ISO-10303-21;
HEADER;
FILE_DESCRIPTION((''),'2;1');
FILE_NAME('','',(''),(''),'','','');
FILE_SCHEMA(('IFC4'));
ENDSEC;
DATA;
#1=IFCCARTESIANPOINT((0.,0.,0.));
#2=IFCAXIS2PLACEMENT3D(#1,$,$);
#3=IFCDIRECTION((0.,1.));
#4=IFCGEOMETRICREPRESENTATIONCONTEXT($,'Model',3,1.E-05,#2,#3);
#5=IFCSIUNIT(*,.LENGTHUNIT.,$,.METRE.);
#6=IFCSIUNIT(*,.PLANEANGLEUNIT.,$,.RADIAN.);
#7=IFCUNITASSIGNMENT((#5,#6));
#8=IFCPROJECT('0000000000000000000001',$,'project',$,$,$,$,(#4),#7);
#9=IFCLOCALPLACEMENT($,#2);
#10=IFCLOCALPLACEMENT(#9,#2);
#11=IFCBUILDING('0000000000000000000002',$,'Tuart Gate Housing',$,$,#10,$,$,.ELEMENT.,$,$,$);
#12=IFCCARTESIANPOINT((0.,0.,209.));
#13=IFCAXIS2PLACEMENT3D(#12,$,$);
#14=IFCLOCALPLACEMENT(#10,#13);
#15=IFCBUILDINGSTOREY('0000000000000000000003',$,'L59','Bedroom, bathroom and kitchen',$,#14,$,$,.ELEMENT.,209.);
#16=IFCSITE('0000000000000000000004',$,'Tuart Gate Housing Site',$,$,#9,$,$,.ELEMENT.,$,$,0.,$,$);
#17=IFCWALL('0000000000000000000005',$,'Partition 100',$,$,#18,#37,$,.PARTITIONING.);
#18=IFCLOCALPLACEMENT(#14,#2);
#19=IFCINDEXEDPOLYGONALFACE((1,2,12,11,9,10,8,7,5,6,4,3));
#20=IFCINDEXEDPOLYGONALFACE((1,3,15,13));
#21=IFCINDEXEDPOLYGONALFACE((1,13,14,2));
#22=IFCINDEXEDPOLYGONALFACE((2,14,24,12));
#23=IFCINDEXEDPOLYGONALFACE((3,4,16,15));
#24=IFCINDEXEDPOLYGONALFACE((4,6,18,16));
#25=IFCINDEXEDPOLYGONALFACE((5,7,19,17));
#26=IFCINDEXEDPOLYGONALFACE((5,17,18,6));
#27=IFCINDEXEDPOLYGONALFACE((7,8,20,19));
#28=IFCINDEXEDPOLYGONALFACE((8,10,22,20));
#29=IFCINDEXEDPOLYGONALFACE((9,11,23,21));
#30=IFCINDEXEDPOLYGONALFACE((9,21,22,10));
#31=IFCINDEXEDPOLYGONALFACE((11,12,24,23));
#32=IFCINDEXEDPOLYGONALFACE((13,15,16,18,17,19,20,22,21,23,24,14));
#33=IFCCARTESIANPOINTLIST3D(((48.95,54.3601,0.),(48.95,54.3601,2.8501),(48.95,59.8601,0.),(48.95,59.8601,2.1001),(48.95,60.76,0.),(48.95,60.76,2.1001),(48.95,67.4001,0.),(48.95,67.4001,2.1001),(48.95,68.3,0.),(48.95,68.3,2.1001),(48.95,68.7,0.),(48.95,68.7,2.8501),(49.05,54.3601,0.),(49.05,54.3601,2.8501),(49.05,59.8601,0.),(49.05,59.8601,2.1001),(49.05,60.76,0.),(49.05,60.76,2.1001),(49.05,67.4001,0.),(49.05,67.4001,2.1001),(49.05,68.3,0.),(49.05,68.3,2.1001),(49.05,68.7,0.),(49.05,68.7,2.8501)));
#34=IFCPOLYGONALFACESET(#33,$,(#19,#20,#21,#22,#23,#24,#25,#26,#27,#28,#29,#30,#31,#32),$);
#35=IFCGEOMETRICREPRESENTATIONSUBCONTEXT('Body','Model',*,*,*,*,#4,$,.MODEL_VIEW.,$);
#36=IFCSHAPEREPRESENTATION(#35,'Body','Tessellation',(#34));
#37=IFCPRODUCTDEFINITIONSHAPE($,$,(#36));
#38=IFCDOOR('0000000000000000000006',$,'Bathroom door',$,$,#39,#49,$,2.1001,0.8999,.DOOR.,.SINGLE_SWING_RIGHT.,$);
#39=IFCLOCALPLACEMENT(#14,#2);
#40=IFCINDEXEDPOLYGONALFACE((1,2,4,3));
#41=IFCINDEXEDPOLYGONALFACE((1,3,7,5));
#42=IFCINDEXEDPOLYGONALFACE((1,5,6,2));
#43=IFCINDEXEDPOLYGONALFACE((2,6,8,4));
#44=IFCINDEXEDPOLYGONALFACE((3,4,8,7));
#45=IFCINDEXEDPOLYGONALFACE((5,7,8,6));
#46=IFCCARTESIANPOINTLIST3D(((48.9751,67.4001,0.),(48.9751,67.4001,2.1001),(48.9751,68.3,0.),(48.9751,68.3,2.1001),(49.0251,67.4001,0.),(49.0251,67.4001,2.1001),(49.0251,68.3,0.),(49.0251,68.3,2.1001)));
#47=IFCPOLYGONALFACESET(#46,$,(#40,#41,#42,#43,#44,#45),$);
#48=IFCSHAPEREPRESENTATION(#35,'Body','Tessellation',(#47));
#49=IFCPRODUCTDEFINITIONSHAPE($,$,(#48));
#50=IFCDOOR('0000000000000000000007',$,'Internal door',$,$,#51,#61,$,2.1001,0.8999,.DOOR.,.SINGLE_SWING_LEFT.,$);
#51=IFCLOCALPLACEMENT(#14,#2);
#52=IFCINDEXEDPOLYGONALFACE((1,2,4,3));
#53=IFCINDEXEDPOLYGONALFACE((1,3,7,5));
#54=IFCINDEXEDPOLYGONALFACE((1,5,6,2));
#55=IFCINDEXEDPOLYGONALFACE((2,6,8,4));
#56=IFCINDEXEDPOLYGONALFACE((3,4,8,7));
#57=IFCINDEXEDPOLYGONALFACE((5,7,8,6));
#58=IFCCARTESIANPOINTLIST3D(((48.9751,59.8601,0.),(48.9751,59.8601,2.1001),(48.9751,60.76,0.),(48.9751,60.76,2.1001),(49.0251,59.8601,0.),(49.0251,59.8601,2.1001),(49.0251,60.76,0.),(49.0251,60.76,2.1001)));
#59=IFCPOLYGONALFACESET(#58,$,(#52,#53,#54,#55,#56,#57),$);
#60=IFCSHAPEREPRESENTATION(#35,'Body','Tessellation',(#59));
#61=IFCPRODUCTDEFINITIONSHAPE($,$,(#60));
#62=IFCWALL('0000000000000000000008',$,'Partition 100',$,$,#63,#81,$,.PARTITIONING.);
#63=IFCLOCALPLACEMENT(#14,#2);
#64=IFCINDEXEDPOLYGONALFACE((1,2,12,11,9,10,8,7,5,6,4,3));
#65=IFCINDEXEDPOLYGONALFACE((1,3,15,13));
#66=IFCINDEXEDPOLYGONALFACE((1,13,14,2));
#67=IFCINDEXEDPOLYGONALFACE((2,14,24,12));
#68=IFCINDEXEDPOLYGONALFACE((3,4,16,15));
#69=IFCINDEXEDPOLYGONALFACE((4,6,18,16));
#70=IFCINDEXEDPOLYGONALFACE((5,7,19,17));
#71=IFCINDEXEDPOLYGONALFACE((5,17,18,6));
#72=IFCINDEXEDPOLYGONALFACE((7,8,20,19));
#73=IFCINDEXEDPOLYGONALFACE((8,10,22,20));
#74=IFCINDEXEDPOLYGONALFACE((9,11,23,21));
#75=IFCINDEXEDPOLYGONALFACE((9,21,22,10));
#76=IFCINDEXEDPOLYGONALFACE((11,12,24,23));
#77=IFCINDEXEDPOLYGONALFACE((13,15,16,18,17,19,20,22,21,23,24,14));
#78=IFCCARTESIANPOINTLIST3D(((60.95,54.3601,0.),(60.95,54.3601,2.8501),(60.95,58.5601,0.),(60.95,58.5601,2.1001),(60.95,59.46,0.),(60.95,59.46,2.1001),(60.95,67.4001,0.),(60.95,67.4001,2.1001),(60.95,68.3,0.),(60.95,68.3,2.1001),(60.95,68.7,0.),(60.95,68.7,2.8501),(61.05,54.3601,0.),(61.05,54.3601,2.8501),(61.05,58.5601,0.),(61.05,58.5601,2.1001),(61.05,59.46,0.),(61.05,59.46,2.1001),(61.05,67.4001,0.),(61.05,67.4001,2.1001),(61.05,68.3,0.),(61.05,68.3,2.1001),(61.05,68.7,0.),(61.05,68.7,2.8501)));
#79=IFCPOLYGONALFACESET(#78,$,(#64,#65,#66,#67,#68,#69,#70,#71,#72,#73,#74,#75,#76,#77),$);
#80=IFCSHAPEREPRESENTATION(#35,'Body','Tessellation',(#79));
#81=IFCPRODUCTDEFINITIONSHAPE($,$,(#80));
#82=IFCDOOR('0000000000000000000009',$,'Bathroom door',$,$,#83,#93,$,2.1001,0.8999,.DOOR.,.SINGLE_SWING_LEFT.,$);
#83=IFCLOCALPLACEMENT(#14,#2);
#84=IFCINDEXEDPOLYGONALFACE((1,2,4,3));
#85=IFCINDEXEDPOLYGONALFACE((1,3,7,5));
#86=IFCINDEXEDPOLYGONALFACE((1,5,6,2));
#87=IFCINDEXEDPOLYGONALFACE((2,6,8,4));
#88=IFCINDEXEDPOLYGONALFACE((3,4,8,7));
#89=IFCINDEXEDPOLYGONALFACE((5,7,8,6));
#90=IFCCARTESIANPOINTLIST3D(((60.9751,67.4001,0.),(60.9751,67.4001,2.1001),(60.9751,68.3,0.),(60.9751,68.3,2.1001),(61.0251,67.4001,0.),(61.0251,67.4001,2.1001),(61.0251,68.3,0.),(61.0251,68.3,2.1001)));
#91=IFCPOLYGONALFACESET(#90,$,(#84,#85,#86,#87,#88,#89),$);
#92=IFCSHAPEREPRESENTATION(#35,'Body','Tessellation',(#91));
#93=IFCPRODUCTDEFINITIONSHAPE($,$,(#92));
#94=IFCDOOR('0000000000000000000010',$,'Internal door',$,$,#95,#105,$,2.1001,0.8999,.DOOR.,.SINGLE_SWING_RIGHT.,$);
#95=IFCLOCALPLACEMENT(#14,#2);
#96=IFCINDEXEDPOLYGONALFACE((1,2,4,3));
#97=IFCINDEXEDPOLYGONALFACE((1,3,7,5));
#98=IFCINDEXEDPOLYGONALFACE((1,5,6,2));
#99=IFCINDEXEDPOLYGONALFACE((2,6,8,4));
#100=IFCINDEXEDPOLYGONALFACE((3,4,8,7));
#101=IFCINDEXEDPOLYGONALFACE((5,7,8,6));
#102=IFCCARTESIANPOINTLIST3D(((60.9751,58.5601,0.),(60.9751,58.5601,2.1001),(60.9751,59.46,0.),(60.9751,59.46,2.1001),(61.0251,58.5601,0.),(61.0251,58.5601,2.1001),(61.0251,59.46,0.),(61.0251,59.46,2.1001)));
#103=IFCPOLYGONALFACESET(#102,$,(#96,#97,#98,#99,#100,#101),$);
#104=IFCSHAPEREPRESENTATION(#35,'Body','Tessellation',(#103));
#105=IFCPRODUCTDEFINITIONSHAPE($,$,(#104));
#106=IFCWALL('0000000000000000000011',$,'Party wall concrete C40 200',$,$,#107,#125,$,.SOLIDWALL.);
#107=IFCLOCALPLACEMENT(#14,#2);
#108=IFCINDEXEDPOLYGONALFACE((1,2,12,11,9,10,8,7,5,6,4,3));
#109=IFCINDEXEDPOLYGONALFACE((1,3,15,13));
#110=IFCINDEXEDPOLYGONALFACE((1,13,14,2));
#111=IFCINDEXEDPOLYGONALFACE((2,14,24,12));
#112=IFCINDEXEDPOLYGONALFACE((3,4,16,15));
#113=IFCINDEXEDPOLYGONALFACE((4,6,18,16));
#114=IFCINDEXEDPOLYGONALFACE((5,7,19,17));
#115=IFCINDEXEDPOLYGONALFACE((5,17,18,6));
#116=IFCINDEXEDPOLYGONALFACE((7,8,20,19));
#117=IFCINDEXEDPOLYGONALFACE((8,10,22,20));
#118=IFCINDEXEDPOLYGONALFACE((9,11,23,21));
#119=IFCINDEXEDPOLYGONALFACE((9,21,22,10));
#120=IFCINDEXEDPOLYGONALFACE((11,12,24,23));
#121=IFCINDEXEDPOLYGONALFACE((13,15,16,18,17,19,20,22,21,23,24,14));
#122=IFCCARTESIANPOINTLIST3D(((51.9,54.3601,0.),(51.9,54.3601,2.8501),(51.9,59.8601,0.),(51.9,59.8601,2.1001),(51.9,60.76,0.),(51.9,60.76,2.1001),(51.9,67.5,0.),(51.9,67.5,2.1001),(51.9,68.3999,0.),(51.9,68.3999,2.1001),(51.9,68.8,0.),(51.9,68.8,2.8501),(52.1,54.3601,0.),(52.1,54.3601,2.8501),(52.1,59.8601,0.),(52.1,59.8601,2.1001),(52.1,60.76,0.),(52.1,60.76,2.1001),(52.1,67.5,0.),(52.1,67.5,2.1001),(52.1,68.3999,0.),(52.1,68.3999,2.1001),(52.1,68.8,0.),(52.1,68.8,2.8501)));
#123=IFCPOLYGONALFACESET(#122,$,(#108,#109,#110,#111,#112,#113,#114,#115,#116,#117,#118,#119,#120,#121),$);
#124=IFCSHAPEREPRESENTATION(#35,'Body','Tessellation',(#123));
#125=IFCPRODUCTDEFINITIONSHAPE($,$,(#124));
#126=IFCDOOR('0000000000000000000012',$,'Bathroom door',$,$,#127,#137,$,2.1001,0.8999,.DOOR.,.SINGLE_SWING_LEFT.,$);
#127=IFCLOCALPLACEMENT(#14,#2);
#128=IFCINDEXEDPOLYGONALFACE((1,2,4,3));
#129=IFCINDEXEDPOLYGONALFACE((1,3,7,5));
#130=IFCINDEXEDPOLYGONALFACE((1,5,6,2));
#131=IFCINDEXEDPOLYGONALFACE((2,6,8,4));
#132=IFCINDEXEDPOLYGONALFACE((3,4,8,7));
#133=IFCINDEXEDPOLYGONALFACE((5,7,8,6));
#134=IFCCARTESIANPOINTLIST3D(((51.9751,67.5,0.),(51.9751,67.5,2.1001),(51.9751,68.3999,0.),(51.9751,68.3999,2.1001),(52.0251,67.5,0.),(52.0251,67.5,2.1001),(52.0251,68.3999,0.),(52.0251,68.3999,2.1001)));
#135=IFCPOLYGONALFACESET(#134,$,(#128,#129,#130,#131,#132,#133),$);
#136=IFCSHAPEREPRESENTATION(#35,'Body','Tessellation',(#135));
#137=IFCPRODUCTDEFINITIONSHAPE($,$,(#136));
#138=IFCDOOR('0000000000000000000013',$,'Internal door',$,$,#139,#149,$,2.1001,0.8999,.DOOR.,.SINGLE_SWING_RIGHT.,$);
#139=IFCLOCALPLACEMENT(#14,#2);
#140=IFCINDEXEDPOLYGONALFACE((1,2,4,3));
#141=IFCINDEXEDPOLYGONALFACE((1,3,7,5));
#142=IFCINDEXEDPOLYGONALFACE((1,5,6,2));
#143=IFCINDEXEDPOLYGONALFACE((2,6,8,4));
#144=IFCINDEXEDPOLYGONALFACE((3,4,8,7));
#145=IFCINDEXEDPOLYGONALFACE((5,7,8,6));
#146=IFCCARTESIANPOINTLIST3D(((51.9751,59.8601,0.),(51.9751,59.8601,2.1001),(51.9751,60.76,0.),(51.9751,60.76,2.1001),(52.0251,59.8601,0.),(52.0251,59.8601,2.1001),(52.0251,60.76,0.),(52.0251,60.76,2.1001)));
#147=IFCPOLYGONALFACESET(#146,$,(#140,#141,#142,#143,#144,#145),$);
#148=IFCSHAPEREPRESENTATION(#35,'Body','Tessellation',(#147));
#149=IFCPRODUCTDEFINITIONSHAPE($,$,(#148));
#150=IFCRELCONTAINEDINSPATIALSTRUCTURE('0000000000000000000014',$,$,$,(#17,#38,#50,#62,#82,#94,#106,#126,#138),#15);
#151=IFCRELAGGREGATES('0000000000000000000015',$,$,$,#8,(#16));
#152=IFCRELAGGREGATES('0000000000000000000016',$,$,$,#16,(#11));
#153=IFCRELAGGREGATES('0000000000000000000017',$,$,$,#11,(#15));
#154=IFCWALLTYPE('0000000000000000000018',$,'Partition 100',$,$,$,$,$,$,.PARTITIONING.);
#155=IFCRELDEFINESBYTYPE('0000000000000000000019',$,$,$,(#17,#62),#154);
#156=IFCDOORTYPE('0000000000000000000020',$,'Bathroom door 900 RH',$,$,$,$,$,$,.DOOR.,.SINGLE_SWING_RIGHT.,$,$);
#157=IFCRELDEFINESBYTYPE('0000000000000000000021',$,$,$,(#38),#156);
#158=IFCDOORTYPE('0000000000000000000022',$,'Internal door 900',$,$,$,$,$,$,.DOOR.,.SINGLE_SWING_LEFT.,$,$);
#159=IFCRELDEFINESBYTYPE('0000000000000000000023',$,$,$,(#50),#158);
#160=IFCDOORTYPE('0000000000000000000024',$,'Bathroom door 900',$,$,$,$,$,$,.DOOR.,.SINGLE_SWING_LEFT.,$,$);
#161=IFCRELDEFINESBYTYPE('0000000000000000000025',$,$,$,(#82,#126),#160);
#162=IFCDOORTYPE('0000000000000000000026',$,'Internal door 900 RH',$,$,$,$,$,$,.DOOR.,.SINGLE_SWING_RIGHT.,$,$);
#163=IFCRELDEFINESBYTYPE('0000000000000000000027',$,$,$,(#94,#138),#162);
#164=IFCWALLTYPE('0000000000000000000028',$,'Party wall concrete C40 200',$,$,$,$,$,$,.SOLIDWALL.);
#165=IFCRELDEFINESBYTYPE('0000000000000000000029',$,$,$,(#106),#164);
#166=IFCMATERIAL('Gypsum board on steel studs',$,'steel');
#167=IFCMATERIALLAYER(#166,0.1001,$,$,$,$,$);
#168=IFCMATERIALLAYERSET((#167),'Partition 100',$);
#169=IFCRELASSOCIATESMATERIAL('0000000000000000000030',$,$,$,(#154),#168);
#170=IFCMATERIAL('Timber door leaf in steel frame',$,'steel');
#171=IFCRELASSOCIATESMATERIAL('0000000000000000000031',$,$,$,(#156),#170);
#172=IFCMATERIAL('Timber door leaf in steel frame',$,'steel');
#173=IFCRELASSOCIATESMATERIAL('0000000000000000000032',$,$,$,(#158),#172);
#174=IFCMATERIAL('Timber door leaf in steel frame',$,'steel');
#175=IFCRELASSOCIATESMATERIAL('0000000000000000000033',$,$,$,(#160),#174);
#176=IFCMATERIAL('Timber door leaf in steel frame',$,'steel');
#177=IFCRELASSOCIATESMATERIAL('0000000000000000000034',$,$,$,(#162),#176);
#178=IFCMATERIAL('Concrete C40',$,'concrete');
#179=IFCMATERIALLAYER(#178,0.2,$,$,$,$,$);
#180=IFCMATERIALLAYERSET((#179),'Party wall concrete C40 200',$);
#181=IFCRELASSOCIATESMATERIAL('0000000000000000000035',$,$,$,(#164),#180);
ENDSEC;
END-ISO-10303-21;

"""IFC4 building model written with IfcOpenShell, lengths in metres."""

from ifc_helpers import new_model, si_unit, direction, frame, frame_2d, origin, place, context, subcontext, project, spatial, rectangle, extrude, material, layer, layer_set, type_object, element, fill, save


model = new_model("IFC4")

# Units and contexts
model_context = context("Model", 3, precision=1e-05, world=origin(), true_north=direction((0.0, 1.0)))
body_context = subcontext(model_context, "Body", "Model", "MODEL_VIEW")
ifc_project = project(units=[si_unit("LENGTHUNIT", "METRE"), si_unit("PLANEANGLEUNIT", "RADIAN")], contexts=[model_context])

# Site, building, storey
site_placement = place(None, origin())
site = spatial("IfcSite", under=ifc_project, at=site_placement, Name="Tuart Gate Housing Site", CompositionType="ELEMENT", RefElevation=0.0)
building_placement = place(site_placement, origin())
building = spatial("IfcBuilding", under=site, at=building_placement, Name="Tuart Gate Housing", CompositionType="ELEMENT")
storey_placement = place(building_placement, frame((0.0, 0.0, 209.0)))
storey = spatial("IfcBuildingStorey", under=building, at=storey_placement, Name="L59", Description="Bedroom, bathroom and kitchen", CompositionType="ELEMENT", Elevation=209.0)

# Walls, openings, doors
ifc_material_1 = material(Name="Gypsum board on steel studs", Category="steel")
ifc_layer_1 = layer(ifc_material_1, 0.1001)
ifc_layer_set_1 = layer_set([ifc_layer_1], Name="Partition 100")
wall_type_1 = type_object("IfcWallType", Name="Partition 100", PredefinedType="PARTITIONING", material=ifc_layer_set_1)
wall_1_placement = place(storey_placement, frame((49.0, 54.3601, 0.0), z_axis=(0.0, 0.0, 1.0), x_axis=(0.0, 1.0, 0.0)))
wall_1 = element("IfcWall", 1, at=wall_1_placement, inside=storey, type_object=wall_type_1, Name="Partition 100", PredefinedType="PARTITIONING", context=body_context, shape_type="SweptSolid", body=[
    extrude(rectangle(XDim=14.3398, YDim=0.1001, at=frame_2d((7.1699, 0.0))), origin(), (0.0, 0.0, 1.0), 2.8501),
])
opening_1_placement = place(wall_1_placement, frame((5.5, 0.0, 0.0)))
opening_1 = element("IfcOpeningElement", 2, at=opening_1_placement, cuts=wall_1, PredefinedType="OPENING", context=body_context, shape_type="SweptSolid", body=[
    extrude(rectangle(XDim=0.8999, YDim=2.1001, at=frame_2d((0.45, 1.05))), frame((0.0, 0.0601, 0.0), z_axis=(0.0, -1.0, 0.0), x_axis=(1.0, 0.0, 0.0)), (0.0, 0.0, 1.0), 0.1201),
])
opening_2_placement = place(wall_1_placement, frame((13.04, 0.0, 0.0)))
opening_2 = element("IfcOpeningElement", 3, at=opening_2_placement, cuts=wall_1, PredefinedType="OPENING", context=body_context, shape_type="SweptSolid", body=[
    extrude(rectangle(XDim=0.8999, YDim=2.1001, at=frame_2d((0.45, 1.05))), frame((0.0, 0.0601, 0.0), z_axis=(0.0, -1.0, 0.0), x_axis=(1.0, 0.0, 0.0)), (0.0, 0.0, 1.0), 0.1201),
])
ifc_material_2 = material(Name="Timber door leaf in steel frame", Category="steel")
door_type_1 = type_object("IfcDoorType", Name="Bathroom door 900 RH", OperationType="SINGLE_SWING_RIGHT", PredefinedType="DOOR", material=ifc_material_2)
door_1_placement = place(opening_2_placement, origin())
door_1 = element("IfcDoor", 4, at=door_1_placement, inside=storey, type_object=door_type_1, Name="Bathroom door", OperationType="SINGLE_SWING_RIGHT", OverallHeight=2.1001, OverallWidth=0.8999, PredefinedType="DOOR", context=body_context, shape_type="SweptSolid", body=[
    extrude(rectangle(XDim=0.8999, YDim=2.1001, at=frame_2d((0.45, 1.05))), frame((0.0, 0.0249, 0.0), z_axis=(0.0, -1.0, 0.0), x_axis=(1.0, 0.0, 0.0)), (0.0, 0.0, 1.0), 0.05),
])
fill(opening_2, door_1)
ifc_material_3 = material(Name="Timber door leaf in steel frame", Category="steel")
door_type_2 = type_object("IfcDoorType", Name="Internal door 900", OperationType="SINGLE_SWING_LEFT", PredefinedType="DOOR", material=ifc_material_3)
door_2_placement = place(opening_1_placement, origin())
door_2 = element("IfcDoor", 5, at=door_2_placement, inside=storey, type_object=door_type_2, Name="Internal door", OperationType="SINGLE_SWING_LEFT", OverallHeight=2.1001, OverallWidth=0.8999, PredefinedType="DOOR", context=body_context, shape_type="SweptSolid", body=[
    extrude(rectangle(XDim=0.8999, YDim=2.1001, at=frame_2d((0.45, 1.05))), frame((0.0, 0.0249, 0.0), z_axis=(0.0, -1.0, 0.0), x_axis=(1.0, 0.0, 0.0)), (0.0, 0.0, 1.0), 0.05),
])
fill(opening_1, door_2)
wall_2_placement = place(storey_placement, frame((61.0, 54.3601, 0.0), z_axis=(0.0, 0.0, 1.0), x_axis=(0.0, 1.0, 0.0)))
wall_2 = element("IfcWall", 6, at=wall_2_placement, inside=storey, type_object=wall_type_1, Name="Partition 100", PredefinedType="PARTITIONING", context=body_context, shape_type="SweptSolid", body=[
    extrude(rectangle(XDim=14.3398, YDim=0.1001, at=frame_2d((7.1699, 0.0))), origin(), (0.0, 0.0, 1.0), 2.8501),
])
opening_3_placement = place(wall_2_placement, frame((4.2, 0.0, 0.0)))
opening_3 = element("IfcOpeningElement", 7, at=opening_3_placement, cuts=wall_2, PredefinedType="OPENING", context=body_context, shape_type="SweptSolid", body=[
    extrude(rectangle(XDim=0.8999, YDim=2.1001, at=frame_2d((0.45, 1.05))), frame((0.0, 0.0601, 0.0), z_axis=(0.0, -1.0, 0.0), x_axis=(1.0, 0.0, 0.0)), (0.0, 0.0, 1.0), 0.1201),
])
opening_4_placement = place(wall_2_placement, frame((13.04, 0.0, 0.0)))
opening_4 = element("IfcOpeningElement", 8, at=opening_4_placement, cuts=wall_2, PredefinedType="OPENING", context=body_context, shape_type="SweptSolid", body=[
    extrude(rectangle(XDim=0.8999, YDim=2.1001, at=frame_2d((0.45, 1.05))), frame((0.0, 0.0601, 0.0), z_axis=(0.0, -1.0, 0.0), x_axis=(1.0, 0.0, 0.0)), (0.0, 0.0, 1.0), 0.1201),
])
ifc_material_4 = material(Name="Timber door leaf in steel frame", Category="steel")
door_type_3 = type_object("IfcDoorType", Name="Bathroom door 900", OperationType="SINGLE_SWING_LEFT", PredefinedType="DOOR", material=ifc_material_4)
door_3_placement = place(opening_4_placement, frame((0.8999, 0.0, 0.0), z_axis=(0.0, 0.0, 1.0), x_axis=(-1.0, 0.0, 0.0)))
door_3 = element("IfcDoor", 9, at=door_3_placement, inside=storey, type_object=door_type_3, Name="Bathroom door", OperationType="SINGLE_SWING_LEFT", OverallHeight=2.1001, OverallWidth=0.8999, PredefinedType="DOOR", context=body_context, shape_type="SweptSolid", body=[
    extrude(rectangle(XDim=0.8999, YDim=2.1001, at=frame_2d((0.45, 1.05))), frame((0.0, 0.0251, 0.0), z_axis=(0.0, -1.0, 0.0), x_axis=(1.0, 0.0, 0.0)), (0.0, 0.0, 1.0), 0.05),
])
fill(opening_4, door_3)
ifc_material_5 = material(Name="Timber door leaf in steel frame", Category="steel")
door_type_4 = type_object("IfcDoorType", Name="Internal door 900 RH", OperationType="SINGLE_SWING_RIGHT", PredefinedType="DOOR", material=ifc_material_5)
door_4_placement = place(opening_3_placement, frame((0.8999, 0.0, 0.0), z_axis=(0.0, 0.0, 1.0), x_axis=(-1.0, 0.0, 0.0)))
door_4 = element("IfcDoor", 10, at=door_4_placement, inside=storey, type_object=door_type_4, Name="Internal door", OperationType="SINGLE_SWING_RIGHT", OverallHeight=2.1001, OverallWidth=0.8999, PredefinedType="DOOR", context=body_context, shape_type="SweptSolid", body=[
    extrude(rectangle(XDim=0.8999, YDim=2.1001, at=frame_2d((0.45, 1.05))), frame((0.0, 0.0251, 0.0), z_axis=(0.0, -1.0, 0.0), x_axis=(1.0, 0.0, 0.0)), (0.0, 0.0, 1.0), 0.05),
])
fill(opening_3, door_4)
ifc_material_6 = material(Name="Concrete C40", Category="concrete")
ifc_layer_2 = layer(ifc_material_6, 0.2)
ifc_layer_set_2 = layer_set([ifc_layer_2], Name="Party wall concrete C40 200")
wall_type_2 = type_object("IfcWallType", Name="Party wall concrete C40 200", PredefinedType="SOLIDWALL", material=ifc_layer_set_2)
wall_3_placement = place(storey_placement, frame((52.0, 54.3601, 0.0), z_axis=(0.0, 0.0, 1.0), x_axis=(0.0, 1.0, 0.0)))
wall_3 = element("IfcWall", 11, at=wall_3_placement, inside=storey, type_object=wall_type_2, Name="Party wall concrete C40 200", PredefinedType="SOLIDWALL", context=body_context, shape_type="SweptSolid", body=[
    extrude(rectangle(XDim=14.4399, YDim=0.2, at=frame_2d((7.22, 0.0))), origin(), (0.0, 0.0, 1.0), 2.8501),
])
opening_5_placement = place(wall_3_placement, frame((5.5, 0.0, 0.0)))
opening_5 = element("IfcOpeningElement", 12, at=opening_5_placement, cuts=wall_3, PredefinedType="OPENING", context=body_context, shape_type="SweptSolid", body=[
    extrude(rectangle(XDim=0.8999, YDim=2.1001, at=frame_2d((0.45, 1.05))), frame((0.0, 0.1099, 0.0), z_axis=(0.0, -1.0, 0.0), x_axis=(1.0, 0.0, 0.0)), (0.0, 0.0, 1.0), 0.22),
])
opening_6_placement = place(wall_3_placement, frame((13.1399, 0.0, 0.0)))
opening_6 = element("IfcOpeningElement", 13, at=opening_6_placement, cuts=wall_3, PredefinedType="OPENING", context=body_context, shape_type="SweptSolid", body=[
    extrude(rectangle(XDim=0.8999, YDim=2.1001, at=frame_2d((0.45, 1.05))), frame((0.0, 0.1099, 0.0), z_axis=(0.0, -1.0, 0.0), x_axis=(1.0, 0.0, 0.0)), (0.0, 0.0, 1.0), 0.22),
])
door_5_placement = place(opening_6_placement, frame((0.8999, 0.0, 0.0), z_axis=(0.0, 0.0, 1.0), x_axis=(-1.0, 0.0, 0.0)))
door_5 = element("IfcDoor", 14, at=door_5_placement, inside=storey, type_object=door_type_3, Name="Bathroom door", OperationType="SINGLE_SWING_LEFT", OverallHeight=2.1001, OverallWidth=0.8999, PredefinedType="DOOR", context=body_context, shape_type="SweptSolid", body=[
    extrude(rectangle(XDim=0.8999, YDim=2.1001, at=frame_2d((0.45, 1.05))), frame((0.0, 0.0251, 0.0), z_axis=(0.0, -1.0, 0.0), x_axis=(1.0, 0.0, 0.0)), (0.0, 0.0, 1.0), 0.05),
])
fill(opening_6, door_5)
door_6_placement = place(opening_5_placement, frame((0.8999, 0.0, 0.0), z_axis=(0.0, 0.0, 1.0), x_axis=(-1.0, 0.0, 0.0)))
door_6 = element("IfcDoor", 15, at=door_6_placement, inside=storey, type_object=door_type_4, Name="Internal door", OperationType="SINGLE_SWING_RIGHT", OverallHeight=2.1001, OverallWidth=0.8999, PredefinedType="DOOR", context=body_context, shape_type="SweptSolid", body=[
    extrude(rectangle(XDim=0.8999, YDim=2.1001, at=frame_2d((0.45, 1.05))), frame((0.0, 0.0251, 0.0), z_axis=(0.0, -1.0, 0.0), x_axis=(1.0, 0.0, 0.0)), (0.0, 0.0, 1.0), 0.05),
])
fill(opening_5, door_6)

save(model, "model.ifc")
